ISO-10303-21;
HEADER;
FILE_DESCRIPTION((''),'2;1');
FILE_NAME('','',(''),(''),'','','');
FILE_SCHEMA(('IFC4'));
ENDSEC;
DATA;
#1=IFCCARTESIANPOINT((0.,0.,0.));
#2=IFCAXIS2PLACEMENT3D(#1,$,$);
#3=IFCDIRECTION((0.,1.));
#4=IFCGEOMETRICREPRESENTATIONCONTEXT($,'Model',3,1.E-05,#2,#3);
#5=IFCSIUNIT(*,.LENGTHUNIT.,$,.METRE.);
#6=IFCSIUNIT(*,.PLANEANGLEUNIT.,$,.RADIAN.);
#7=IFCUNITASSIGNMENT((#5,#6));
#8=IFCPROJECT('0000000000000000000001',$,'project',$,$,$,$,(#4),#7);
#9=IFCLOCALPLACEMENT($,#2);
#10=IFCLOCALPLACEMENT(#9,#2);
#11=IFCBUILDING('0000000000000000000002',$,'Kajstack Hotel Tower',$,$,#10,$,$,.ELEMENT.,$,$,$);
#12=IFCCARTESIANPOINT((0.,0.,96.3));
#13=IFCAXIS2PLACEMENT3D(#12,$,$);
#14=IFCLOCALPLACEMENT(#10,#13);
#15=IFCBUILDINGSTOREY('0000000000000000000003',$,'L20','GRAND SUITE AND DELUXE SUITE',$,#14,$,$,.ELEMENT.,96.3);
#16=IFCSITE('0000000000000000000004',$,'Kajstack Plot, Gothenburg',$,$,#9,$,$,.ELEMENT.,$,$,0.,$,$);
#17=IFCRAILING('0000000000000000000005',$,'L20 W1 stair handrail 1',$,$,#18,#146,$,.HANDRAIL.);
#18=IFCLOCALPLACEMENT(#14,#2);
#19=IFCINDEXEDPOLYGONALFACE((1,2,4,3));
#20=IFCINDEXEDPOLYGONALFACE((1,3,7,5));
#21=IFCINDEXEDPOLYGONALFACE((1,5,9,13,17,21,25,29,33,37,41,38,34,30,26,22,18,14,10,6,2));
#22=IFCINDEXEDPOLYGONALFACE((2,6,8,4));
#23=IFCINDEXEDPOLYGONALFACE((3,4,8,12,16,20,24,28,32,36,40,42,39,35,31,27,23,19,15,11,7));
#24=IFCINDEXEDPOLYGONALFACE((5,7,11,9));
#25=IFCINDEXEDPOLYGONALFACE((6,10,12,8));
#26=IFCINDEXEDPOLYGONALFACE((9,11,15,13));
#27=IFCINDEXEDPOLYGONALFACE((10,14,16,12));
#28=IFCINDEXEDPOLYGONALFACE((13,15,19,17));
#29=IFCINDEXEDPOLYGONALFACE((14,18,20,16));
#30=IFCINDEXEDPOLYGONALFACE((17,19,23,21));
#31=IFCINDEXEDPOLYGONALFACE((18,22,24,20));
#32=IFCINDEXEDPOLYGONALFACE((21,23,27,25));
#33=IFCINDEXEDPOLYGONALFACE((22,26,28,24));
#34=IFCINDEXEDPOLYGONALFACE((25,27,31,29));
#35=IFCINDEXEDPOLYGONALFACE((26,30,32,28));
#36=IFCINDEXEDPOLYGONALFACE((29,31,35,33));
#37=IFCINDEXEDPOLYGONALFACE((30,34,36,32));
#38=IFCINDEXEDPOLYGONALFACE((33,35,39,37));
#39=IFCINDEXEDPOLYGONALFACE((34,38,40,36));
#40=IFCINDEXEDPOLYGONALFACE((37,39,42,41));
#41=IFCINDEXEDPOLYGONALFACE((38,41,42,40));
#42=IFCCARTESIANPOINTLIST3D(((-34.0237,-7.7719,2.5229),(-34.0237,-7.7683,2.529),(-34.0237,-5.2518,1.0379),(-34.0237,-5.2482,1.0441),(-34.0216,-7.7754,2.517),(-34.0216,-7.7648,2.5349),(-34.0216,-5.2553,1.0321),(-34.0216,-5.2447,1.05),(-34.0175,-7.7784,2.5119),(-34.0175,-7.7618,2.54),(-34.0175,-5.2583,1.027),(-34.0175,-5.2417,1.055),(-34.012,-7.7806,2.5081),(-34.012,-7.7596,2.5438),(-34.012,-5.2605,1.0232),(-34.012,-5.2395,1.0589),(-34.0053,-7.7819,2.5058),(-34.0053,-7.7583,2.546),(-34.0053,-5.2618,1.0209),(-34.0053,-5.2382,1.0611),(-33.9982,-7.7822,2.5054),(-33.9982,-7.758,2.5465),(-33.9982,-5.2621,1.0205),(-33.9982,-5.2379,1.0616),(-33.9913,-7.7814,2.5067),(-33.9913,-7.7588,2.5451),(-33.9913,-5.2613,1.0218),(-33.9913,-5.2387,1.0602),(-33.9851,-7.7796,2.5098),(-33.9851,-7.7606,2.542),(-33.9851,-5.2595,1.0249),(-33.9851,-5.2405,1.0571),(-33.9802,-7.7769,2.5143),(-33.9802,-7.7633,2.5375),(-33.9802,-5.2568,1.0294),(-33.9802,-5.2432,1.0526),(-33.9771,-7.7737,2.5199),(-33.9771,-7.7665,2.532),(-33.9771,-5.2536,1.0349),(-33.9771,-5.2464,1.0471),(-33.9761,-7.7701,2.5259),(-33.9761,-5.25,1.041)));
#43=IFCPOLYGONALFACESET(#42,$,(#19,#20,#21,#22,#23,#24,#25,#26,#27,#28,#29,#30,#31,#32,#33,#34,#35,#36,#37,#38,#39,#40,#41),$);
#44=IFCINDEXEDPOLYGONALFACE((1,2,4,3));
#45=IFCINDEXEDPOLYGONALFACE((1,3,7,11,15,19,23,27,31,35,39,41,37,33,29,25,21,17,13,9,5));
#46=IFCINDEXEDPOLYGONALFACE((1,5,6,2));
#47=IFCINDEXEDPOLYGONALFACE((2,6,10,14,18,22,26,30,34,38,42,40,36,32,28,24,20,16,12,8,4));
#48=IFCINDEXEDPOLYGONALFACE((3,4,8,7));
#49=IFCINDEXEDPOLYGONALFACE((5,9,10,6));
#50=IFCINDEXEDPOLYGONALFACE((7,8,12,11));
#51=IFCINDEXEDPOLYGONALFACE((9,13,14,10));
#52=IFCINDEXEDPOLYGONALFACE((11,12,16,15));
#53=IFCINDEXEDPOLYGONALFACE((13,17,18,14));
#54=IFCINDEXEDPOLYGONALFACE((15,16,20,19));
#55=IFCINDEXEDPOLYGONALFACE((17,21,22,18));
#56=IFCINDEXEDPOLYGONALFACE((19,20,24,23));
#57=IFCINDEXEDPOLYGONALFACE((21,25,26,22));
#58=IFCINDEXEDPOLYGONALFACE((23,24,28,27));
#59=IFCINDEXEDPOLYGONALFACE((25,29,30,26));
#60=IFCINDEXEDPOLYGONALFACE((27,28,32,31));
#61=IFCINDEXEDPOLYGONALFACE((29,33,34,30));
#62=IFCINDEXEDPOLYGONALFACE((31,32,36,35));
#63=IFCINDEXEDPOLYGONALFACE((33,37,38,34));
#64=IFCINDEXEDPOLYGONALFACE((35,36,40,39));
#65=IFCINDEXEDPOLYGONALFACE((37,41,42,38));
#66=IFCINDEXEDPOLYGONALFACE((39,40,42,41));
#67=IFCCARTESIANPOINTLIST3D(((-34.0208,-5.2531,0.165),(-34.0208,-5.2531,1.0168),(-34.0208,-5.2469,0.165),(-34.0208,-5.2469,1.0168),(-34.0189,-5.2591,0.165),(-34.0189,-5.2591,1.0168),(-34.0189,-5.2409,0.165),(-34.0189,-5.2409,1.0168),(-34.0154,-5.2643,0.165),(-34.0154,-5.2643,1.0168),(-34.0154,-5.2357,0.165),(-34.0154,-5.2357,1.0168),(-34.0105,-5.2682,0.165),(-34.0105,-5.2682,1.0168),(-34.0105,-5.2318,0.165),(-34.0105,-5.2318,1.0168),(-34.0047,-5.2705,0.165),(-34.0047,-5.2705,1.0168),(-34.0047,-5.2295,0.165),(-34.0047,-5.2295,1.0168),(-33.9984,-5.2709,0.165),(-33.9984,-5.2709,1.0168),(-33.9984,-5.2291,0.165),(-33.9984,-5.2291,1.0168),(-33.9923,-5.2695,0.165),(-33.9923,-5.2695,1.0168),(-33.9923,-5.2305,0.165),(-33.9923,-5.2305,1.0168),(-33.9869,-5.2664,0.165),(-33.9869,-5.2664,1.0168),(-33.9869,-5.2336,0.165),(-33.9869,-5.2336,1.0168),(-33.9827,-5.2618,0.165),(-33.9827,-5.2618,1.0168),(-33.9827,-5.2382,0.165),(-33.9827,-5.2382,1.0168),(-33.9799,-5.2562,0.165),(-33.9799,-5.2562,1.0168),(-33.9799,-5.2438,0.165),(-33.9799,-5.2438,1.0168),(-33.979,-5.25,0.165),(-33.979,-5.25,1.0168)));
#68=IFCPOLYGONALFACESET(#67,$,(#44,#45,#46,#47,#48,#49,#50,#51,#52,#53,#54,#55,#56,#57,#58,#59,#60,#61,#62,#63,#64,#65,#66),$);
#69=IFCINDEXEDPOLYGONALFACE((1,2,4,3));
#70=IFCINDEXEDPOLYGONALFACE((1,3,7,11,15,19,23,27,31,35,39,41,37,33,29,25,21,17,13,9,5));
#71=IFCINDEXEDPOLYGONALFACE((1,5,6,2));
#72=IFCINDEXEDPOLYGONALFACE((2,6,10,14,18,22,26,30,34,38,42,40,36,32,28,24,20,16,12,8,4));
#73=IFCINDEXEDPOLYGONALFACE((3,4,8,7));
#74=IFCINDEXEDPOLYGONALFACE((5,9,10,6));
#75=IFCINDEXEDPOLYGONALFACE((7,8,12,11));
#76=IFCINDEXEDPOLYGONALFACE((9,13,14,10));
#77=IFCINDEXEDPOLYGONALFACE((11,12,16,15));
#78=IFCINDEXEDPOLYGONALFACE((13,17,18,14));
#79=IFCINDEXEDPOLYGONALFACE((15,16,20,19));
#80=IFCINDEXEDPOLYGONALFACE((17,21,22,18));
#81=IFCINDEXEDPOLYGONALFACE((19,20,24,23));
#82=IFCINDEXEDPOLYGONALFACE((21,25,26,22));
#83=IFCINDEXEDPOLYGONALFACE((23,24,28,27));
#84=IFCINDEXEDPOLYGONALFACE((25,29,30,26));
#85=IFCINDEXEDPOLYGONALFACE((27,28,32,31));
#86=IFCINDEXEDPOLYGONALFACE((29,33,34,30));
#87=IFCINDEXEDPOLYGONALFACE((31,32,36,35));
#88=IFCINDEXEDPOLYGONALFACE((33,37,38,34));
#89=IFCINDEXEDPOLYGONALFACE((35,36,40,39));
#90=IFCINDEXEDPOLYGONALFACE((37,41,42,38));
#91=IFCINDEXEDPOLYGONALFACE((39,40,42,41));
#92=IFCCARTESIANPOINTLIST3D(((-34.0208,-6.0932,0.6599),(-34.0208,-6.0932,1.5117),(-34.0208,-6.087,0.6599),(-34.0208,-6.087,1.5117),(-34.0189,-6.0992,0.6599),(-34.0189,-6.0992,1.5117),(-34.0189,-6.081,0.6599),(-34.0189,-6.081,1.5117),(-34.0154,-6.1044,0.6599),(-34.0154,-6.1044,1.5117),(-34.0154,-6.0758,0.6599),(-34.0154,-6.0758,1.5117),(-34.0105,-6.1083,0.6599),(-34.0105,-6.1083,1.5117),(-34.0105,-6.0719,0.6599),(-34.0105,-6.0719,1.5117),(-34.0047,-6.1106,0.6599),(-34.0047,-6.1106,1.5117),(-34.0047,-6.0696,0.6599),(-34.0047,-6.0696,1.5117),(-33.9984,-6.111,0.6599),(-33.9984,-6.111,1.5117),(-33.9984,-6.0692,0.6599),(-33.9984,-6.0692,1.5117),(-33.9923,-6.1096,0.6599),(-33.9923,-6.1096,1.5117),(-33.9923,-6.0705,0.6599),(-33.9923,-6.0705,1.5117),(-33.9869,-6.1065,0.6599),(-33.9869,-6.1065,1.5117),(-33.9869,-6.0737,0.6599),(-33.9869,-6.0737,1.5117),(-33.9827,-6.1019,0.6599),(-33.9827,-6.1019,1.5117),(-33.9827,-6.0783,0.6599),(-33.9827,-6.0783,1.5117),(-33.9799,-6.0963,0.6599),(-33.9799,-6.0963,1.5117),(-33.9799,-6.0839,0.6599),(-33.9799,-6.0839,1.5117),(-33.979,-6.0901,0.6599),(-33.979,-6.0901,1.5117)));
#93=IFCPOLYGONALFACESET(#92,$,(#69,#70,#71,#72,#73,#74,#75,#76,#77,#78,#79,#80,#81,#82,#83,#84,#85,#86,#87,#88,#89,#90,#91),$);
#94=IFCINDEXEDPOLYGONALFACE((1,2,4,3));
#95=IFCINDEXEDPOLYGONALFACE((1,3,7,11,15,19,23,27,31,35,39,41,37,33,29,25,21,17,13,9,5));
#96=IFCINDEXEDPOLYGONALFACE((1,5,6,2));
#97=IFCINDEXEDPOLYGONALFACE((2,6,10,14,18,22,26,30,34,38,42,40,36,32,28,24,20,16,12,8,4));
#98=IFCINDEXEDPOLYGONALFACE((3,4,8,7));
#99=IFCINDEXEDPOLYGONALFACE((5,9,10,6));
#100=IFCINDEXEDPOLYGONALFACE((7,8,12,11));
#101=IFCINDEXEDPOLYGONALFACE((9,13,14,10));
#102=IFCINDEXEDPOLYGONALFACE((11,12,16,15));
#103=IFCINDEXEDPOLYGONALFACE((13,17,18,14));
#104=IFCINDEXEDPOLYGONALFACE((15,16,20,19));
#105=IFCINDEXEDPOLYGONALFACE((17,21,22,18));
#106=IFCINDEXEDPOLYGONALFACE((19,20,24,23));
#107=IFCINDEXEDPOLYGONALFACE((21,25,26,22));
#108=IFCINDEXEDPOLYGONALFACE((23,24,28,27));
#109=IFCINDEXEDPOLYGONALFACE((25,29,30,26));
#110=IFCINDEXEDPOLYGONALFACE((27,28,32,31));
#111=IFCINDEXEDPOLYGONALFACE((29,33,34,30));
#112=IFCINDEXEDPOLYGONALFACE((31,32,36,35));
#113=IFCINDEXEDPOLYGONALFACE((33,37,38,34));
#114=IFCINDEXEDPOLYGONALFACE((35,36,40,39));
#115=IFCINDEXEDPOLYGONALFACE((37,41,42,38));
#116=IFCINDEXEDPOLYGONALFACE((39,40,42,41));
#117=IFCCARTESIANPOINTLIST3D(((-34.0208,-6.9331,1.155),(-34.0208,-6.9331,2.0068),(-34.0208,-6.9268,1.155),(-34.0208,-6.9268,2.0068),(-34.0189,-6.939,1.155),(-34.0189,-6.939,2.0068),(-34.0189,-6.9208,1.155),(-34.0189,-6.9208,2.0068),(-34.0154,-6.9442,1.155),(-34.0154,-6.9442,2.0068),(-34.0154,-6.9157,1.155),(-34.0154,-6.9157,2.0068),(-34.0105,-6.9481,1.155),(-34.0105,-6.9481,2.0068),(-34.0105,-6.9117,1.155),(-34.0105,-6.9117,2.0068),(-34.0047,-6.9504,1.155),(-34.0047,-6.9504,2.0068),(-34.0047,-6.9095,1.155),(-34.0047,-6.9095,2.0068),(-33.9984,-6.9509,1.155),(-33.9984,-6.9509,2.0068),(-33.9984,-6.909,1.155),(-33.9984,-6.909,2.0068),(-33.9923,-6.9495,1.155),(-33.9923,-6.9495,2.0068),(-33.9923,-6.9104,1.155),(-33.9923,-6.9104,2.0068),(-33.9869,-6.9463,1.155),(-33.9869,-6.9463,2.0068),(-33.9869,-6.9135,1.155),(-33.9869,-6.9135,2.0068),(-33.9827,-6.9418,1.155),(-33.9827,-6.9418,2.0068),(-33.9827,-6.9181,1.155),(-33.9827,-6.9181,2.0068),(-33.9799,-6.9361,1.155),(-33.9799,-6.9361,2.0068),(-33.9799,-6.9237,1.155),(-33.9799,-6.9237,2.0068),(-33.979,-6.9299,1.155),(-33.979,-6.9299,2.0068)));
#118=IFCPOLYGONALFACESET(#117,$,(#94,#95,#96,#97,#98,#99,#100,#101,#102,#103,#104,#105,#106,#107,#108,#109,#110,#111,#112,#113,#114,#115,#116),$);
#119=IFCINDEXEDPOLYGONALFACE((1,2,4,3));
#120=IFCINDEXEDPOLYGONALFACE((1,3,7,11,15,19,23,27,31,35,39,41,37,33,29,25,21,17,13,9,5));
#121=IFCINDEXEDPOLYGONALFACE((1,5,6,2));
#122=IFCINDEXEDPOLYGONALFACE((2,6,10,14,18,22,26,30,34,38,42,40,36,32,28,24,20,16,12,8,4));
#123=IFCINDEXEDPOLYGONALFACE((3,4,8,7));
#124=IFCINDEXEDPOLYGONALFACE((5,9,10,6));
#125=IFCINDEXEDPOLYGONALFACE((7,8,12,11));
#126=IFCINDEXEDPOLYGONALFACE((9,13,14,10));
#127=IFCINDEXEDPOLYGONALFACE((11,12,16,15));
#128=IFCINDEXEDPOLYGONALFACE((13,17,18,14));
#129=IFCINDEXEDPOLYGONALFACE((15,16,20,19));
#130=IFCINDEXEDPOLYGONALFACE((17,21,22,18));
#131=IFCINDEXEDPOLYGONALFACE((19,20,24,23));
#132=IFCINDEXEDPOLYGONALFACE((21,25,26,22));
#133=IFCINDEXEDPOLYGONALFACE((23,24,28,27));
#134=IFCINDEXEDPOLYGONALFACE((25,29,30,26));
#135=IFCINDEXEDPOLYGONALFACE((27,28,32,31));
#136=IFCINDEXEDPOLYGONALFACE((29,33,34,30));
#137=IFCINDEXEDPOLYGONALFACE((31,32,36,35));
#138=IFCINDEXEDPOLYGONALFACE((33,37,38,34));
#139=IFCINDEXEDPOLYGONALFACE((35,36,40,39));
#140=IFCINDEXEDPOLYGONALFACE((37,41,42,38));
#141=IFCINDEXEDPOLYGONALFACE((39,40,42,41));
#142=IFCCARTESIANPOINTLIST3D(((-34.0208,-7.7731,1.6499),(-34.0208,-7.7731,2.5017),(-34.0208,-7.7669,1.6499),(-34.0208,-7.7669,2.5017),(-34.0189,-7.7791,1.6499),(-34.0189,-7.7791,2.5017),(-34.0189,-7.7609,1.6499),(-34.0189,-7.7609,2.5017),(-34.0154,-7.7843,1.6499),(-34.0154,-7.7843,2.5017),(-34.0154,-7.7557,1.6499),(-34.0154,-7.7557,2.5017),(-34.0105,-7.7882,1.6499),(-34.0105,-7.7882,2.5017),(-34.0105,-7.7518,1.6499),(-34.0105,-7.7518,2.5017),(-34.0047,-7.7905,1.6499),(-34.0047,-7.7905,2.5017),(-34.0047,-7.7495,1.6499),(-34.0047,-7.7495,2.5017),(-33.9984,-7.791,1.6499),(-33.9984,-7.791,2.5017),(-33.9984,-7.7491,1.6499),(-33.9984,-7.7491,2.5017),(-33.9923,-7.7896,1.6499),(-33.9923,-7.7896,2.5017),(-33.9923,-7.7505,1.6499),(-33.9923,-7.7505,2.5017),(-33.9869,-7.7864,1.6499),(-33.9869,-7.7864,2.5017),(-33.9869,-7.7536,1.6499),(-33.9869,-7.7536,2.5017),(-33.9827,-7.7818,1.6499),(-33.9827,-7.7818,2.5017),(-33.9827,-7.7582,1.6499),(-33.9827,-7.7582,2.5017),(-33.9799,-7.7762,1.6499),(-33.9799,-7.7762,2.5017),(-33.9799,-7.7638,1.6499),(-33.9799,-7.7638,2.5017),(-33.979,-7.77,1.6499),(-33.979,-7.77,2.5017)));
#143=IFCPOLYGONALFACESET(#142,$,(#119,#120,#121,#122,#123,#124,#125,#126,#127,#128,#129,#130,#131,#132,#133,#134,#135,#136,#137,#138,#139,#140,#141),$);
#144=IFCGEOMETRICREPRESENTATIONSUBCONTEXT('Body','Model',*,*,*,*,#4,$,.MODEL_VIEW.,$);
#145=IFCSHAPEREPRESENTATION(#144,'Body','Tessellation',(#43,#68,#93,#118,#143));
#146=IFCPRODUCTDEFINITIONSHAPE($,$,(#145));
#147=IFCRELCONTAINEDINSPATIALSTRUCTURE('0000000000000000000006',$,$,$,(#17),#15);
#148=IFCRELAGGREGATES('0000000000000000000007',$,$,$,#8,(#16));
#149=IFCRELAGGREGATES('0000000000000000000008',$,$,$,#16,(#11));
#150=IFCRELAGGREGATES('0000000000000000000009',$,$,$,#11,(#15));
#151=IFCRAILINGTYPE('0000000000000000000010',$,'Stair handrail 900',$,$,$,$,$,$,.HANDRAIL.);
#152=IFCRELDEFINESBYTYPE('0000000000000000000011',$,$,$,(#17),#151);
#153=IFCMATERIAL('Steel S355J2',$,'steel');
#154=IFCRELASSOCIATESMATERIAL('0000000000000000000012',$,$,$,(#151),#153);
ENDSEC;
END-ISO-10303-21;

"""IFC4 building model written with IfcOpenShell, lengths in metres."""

from ifc_helpers import new_model, si_unit, direction, frame, origin, origin_2d, place, context, subcontext, project, spatial, circle, extrude, material, type_object, element, save


model = new_model("IFC4")

# Units and contexts
model_context = context("Model", 3, precision=1e-05, world=origin(), true_north=direction((0.0, 1.0)))
body_context = subcontext(model_context, "Body", "Model", "MODEL_VIEW")
ifc_project = project(units=[si_unit("LENGTHUNIT", "METRE"), si_unit("PLANEANGLEUNIT", "RADIAN")], contexts=[model_context])

# Site, building, storey
site_placement = place(None, origin())
site = spatial("IfcSite", under=ifc_project, at=site_placement, Name="Kajstack Plot, Gothenburg", CompositionType="ELEMENT", RefElevation=0.0)
building_placement = place(site_placement, origin())
building = spatial("IfcBuilding", under=site, at=building_placement, Name="Kajstack Hotel Tower", CompositionType="ELEMENT")
storey_placement = place(building_placement, frame((0.0, 0.0, 96.3)))
storey = spatial("IfcBuildingStorey", under=building, at=storey_placement, Name="L20", Description="GRAND SUITE AND DELUXE SUITE", CompositionType="ELEMENT", Elevation=96.3)

# Railing
ifc_material_1 = material(Name="Steel S355J2", Category="steel")
railing_type_1 = type_object("IfcRailingType", Name="Stair handrail 900", PredefinedType="HANDRAIL", material=ifc_material_1)
railing_1_placement = place(storey_placement, frame((-34.0, -5.25, 0.165)))
element("IfcRailing", 1, at=railing_1_placement, inside=storey, type_object=railing_type_1, Name="L20 W1 stair handrail 1", PredefinedType="HANDRAIL", context=body_context, shape_type="SweptSolid", body=[
    extrude(circle(Radius=0.0239, at=origin_2d()), frame((0.0, 0.0, 0.876), z_axis=(0.0, -0.861561, 0.507655), x_axis=(1.0, 0.0, 0.0)), (0.0, 0.0, 1.0), 2.925),
    extrude(circle(Radius=0.021, at=origin_2d()), origin(), (0.0, 0.0, 1.0), 0.8518),
    extrude(circle(Radius=0.021, at=origin_2d()), frame((0.0, -0.8401, 0.4949)), (0.0, 0.0, 1.0), 0.8518),
    extrude(circle(Radius=0.021, at=origin_2d()), frame((0.0, -1.6799, 0.99)), (0.0, 0.0, 1.0), 0.8518),
    extrude(circle(Radius=0.021, at=origin_2d()), frame((0.0, -2.52, 1.4849)), (0.0, 0.0, 1.0), 0.8518),
])

save(model, "model.ifc")
